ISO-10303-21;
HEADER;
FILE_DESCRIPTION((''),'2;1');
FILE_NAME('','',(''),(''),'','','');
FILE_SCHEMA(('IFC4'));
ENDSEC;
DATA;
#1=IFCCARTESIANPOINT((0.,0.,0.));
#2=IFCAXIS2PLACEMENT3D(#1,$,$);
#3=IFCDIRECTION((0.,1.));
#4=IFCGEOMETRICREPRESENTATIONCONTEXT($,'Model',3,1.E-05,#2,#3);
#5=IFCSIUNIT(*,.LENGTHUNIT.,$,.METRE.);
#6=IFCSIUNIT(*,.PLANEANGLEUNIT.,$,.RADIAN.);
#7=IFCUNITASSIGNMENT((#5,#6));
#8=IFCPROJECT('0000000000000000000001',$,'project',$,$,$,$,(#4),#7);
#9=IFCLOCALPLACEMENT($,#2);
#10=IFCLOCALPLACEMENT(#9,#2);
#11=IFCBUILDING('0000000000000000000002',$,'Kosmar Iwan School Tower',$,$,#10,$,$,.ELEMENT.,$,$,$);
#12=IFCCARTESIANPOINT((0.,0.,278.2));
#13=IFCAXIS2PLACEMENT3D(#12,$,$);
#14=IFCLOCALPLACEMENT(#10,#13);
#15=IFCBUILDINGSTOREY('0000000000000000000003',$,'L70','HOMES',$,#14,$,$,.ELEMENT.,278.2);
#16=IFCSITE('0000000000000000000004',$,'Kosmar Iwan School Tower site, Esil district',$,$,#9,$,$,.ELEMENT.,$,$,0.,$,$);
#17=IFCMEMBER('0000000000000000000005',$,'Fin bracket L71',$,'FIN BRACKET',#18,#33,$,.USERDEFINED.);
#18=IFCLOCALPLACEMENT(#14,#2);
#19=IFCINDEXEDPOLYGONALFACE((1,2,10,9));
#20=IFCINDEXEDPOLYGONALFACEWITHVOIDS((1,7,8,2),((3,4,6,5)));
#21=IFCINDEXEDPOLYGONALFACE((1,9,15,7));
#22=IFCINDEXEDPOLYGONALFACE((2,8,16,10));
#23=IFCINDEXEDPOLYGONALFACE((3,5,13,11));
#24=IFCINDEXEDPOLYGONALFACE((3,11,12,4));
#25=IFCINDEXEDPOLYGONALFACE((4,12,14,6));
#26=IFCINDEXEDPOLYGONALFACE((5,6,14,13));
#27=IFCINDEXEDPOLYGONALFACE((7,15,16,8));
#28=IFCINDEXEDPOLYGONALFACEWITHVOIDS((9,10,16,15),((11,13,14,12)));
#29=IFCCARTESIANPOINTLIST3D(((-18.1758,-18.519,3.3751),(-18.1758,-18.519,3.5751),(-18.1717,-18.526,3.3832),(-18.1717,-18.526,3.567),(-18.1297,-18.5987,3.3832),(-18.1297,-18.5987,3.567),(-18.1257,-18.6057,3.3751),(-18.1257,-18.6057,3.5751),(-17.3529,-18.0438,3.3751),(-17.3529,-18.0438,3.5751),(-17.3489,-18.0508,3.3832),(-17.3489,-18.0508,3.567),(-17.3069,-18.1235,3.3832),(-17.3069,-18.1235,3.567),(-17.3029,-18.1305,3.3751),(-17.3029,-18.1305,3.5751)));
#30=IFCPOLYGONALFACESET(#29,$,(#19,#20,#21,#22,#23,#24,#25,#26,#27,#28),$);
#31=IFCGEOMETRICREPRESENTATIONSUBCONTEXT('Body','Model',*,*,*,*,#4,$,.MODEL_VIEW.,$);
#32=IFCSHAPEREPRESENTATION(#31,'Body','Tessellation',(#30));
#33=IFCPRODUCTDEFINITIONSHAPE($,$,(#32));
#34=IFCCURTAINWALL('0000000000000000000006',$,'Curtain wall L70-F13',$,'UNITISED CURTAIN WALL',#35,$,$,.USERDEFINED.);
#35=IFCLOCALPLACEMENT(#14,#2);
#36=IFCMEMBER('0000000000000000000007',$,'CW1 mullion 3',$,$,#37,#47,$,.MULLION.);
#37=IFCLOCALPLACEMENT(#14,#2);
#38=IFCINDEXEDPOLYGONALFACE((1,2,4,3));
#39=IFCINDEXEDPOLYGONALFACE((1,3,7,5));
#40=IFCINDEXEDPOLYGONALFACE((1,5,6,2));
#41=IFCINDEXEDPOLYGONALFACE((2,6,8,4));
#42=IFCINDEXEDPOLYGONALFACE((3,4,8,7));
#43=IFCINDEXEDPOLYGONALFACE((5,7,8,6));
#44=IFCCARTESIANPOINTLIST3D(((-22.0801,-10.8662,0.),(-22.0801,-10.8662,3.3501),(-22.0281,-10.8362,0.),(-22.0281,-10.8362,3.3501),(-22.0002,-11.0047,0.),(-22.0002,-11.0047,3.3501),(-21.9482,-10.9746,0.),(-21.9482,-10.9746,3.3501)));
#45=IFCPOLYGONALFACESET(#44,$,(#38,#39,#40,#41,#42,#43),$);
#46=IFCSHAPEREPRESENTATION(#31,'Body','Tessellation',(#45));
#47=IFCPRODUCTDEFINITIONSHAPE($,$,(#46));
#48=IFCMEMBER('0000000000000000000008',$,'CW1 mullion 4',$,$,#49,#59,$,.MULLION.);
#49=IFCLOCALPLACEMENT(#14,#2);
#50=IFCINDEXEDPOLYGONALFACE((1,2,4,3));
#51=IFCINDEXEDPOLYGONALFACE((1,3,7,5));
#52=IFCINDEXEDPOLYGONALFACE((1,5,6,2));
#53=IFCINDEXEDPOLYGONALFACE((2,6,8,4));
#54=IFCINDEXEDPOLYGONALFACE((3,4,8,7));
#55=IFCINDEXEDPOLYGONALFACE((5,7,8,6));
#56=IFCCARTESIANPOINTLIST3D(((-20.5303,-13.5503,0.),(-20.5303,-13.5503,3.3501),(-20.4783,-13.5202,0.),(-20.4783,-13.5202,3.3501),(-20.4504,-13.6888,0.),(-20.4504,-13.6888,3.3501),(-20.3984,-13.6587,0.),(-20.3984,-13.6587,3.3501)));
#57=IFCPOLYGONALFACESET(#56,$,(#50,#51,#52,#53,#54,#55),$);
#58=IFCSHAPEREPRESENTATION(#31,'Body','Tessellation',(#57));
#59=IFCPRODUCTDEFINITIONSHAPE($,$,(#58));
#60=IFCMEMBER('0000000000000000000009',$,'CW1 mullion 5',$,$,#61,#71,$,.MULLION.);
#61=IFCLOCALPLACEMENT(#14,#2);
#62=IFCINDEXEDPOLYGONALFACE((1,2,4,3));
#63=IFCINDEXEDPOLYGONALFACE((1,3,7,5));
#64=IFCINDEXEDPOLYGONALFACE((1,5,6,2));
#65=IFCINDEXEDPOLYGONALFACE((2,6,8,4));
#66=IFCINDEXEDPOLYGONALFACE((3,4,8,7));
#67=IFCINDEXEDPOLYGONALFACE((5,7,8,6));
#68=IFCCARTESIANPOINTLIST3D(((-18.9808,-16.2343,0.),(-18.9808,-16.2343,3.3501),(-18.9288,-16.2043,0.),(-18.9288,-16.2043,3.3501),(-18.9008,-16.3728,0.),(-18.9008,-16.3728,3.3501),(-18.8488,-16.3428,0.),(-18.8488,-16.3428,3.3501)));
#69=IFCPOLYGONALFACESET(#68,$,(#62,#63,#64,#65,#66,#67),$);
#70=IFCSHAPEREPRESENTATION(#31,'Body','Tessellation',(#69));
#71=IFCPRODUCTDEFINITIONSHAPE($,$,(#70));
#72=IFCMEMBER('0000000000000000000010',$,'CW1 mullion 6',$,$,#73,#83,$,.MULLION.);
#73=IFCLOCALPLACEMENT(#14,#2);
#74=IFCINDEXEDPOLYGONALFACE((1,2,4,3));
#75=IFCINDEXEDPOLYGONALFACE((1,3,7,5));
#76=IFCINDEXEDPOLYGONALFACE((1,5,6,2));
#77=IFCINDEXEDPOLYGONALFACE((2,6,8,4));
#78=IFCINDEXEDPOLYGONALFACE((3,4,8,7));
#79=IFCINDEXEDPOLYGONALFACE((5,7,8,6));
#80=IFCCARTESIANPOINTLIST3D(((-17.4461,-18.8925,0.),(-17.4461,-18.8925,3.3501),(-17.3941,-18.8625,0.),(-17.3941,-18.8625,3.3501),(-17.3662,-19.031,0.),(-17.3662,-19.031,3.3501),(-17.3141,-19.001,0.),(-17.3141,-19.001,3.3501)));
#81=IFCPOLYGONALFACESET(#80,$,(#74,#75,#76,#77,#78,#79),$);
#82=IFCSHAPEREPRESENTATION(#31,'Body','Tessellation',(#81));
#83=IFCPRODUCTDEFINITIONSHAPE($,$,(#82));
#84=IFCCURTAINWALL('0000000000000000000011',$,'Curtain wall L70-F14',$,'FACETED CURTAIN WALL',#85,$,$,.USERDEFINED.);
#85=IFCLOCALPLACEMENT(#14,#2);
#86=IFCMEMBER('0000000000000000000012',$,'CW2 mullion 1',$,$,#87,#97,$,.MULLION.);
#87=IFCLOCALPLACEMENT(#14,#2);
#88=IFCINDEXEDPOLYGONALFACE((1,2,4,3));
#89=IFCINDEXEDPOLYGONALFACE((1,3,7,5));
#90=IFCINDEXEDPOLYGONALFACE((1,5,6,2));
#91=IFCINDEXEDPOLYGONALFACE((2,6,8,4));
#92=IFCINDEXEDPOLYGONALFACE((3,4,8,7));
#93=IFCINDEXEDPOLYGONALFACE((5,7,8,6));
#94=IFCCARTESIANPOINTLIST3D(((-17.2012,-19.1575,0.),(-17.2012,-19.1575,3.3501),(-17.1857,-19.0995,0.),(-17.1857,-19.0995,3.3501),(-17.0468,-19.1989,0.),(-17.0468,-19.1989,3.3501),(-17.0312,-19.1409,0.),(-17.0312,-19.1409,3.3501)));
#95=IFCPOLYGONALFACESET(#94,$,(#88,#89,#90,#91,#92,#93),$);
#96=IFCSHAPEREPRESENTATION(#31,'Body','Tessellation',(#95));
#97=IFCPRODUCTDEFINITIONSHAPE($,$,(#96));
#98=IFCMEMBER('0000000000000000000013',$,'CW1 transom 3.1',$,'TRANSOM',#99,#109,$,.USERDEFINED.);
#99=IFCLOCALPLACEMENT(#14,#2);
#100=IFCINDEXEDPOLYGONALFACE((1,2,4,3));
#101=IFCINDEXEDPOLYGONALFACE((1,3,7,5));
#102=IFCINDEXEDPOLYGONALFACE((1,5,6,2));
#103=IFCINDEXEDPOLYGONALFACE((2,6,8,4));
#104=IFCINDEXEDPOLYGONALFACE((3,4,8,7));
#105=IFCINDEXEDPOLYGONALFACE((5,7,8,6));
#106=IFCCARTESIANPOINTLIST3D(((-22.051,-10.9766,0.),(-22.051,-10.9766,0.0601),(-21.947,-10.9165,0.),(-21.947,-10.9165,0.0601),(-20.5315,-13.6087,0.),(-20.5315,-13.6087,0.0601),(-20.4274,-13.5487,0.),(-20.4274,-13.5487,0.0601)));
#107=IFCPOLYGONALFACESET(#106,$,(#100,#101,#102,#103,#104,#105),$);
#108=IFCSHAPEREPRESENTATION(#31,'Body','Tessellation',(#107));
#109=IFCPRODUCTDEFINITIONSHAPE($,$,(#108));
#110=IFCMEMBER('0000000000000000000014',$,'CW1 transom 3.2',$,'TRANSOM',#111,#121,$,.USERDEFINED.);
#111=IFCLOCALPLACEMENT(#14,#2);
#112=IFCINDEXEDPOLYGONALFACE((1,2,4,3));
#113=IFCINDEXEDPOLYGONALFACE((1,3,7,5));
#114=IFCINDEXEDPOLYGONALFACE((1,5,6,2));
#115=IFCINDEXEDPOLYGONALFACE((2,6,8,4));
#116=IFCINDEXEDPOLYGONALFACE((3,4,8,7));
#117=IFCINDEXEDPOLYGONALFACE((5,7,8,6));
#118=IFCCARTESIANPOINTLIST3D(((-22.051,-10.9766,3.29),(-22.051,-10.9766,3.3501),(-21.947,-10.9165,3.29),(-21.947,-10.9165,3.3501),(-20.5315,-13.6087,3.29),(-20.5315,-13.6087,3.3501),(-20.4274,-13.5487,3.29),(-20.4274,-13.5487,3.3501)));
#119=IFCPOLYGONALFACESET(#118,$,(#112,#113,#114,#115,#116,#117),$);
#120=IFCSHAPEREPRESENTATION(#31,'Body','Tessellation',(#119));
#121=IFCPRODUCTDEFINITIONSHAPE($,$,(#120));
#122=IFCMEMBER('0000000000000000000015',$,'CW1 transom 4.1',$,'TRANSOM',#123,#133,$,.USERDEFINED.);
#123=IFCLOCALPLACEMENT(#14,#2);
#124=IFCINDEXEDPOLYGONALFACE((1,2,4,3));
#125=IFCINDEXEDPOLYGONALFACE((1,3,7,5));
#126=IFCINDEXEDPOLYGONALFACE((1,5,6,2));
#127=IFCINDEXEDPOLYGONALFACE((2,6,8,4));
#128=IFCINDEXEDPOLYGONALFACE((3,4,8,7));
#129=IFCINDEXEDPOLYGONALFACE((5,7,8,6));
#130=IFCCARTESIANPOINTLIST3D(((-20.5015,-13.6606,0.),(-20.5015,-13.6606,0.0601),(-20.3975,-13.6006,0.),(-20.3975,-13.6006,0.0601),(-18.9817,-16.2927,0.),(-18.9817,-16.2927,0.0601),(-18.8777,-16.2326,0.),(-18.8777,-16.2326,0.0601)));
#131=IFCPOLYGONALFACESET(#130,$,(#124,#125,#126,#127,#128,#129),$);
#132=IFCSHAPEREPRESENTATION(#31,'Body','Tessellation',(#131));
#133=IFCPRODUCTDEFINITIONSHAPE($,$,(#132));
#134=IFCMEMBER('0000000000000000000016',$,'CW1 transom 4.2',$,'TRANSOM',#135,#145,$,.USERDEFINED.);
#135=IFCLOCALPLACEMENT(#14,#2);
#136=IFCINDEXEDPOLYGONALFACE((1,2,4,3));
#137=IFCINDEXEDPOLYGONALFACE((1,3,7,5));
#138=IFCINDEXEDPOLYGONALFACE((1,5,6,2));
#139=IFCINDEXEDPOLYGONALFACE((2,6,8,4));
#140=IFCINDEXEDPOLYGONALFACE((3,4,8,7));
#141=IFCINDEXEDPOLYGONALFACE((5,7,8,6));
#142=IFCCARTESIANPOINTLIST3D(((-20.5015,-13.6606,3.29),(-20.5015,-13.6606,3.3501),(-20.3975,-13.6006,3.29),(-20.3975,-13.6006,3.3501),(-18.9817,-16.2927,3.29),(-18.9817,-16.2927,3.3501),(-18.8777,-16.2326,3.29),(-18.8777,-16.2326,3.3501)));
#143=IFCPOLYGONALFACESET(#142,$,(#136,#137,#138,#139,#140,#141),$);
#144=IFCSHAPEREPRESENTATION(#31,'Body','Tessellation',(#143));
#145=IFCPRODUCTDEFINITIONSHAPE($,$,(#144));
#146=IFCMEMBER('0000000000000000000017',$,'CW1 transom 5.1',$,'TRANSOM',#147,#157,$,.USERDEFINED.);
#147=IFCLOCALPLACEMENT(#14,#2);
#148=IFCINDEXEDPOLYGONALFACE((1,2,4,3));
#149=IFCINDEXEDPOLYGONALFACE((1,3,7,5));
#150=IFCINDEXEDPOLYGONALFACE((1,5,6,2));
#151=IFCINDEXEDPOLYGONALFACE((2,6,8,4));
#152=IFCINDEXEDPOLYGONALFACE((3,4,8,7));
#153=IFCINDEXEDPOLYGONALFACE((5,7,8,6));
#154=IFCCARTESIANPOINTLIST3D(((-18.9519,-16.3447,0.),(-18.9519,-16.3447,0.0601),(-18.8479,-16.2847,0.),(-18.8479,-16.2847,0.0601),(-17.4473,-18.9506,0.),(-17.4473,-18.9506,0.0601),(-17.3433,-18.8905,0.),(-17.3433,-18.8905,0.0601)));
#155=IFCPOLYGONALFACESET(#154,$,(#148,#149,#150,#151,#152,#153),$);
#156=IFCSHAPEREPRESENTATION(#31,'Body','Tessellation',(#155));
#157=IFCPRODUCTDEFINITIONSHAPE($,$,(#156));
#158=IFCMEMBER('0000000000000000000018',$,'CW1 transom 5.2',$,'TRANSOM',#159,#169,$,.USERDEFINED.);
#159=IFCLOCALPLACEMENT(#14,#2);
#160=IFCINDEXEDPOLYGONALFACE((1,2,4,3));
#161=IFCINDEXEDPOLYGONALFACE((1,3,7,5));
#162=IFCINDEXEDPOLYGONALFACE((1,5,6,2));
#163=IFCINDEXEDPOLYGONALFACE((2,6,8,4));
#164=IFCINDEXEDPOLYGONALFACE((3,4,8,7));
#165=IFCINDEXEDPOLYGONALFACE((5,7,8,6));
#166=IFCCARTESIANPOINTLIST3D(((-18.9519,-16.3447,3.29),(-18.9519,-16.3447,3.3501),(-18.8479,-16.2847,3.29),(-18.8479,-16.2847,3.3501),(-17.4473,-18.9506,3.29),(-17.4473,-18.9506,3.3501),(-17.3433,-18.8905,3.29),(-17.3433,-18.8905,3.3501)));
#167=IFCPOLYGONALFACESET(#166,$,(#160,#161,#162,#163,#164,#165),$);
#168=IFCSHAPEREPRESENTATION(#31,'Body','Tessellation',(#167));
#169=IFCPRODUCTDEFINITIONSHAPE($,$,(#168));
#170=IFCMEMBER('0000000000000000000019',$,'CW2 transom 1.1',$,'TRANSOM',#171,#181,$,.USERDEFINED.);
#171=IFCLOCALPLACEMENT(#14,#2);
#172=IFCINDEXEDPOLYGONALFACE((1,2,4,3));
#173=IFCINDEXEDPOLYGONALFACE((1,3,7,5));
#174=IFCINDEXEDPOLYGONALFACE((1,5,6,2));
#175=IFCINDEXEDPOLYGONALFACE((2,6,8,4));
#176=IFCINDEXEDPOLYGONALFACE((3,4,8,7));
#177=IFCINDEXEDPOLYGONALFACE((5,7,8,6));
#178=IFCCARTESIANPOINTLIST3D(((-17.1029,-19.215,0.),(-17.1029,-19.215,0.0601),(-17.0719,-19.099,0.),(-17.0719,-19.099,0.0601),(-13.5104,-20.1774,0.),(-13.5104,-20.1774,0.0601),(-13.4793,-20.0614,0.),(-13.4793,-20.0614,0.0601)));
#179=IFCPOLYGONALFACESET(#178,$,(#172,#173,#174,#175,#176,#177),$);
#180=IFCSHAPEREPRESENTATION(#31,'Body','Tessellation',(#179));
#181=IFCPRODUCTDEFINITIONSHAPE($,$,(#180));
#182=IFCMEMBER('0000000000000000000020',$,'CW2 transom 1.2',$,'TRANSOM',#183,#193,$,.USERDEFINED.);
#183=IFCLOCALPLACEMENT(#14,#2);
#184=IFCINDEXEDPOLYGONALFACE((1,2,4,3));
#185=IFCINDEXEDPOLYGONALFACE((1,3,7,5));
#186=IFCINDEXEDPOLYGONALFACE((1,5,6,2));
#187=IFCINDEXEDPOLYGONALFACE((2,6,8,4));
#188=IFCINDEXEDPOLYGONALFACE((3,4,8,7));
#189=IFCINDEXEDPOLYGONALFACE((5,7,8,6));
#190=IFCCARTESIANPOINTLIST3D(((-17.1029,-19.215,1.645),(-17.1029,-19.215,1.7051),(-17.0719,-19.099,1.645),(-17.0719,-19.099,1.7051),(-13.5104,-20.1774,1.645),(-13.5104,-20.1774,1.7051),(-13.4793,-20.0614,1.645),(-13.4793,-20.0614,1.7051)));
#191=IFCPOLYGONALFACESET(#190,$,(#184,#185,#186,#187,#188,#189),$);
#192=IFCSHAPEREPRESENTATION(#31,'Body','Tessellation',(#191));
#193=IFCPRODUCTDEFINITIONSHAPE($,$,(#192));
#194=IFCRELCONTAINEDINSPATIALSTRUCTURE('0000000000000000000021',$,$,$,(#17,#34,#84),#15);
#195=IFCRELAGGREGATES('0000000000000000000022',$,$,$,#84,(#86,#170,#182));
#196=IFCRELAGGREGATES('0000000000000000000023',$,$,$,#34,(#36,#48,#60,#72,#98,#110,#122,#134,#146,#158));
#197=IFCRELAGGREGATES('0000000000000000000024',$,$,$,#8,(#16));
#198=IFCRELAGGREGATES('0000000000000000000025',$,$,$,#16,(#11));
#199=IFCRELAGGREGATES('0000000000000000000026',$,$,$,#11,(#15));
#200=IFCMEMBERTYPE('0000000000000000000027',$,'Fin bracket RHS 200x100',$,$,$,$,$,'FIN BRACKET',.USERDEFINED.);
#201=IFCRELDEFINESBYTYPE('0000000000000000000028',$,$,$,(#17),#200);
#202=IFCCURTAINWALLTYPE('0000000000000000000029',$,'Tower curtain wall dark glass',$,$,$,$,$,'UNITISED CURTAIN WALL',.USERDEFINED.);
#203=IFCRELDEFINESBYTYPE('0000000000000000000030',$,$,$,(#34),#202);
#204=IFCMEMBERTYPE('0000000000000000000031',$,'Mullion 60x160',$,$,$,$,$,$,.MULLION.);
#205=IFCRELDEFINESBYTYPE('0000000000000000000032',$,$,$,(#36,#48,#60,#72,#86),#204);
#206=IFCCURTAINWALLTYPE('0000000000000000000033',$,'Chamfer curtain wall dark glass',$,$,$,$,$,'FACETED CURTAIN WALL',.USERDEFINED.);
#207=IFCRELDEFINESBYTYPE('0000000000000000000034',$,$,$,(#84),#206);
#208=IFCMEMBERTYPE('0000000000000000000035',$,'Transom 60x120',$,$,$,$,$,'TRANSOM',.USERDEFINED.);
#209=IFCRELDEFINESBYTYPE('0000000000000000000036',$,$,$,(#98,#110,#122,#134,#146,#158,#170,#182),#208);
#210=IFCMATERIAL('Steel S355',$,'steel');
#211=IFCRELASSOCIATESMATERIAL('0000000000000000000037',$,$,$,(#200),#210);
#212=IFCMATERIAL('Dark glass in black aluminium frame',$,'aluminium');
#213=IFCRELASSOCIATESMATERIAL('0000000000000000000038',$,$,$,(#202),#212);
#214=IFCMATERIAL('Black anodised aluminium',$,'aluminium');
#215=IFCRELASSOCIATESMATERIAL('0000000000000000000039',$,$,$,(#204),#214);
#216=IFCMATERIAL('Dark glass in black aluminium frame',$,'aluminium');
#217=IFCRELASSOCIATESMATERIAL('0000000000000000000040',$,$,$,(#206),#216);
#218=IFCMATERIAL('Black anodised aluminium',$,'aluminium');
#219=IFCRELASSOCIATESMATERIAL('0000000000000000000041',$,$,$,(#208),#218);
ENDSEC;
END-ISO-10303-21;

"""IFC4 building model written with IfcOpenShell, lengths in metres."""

from ifc_helpers import new_model, si_unit, direction, frame, origin, origin_2d, place, context, subcontext, project, spatial, rectangle, hollow_rectangle, extrude, material, material_profile, profile_set, type_object, element, aggregate, save


model = new_model("IFC4")

# Units and contexts
model_context = context("Model", 3, precision=1e-05, world=origin(), true_north=direction((0.0, 1.0)))
body_context = subcontext(model_context, "Body", "Model", "MODEL_VIEW")
ifc_project = project(units=[si_unit("LENGTHUNIT", "METRE"), si_unit("PLANEANGLEUNIT", "RADIAN")], contexts=[model_context])

# Site, building, storey
site_placement = place(None, origin())
site = spatial("IfcSite", under=ifc_project, at=site_placement, Name="Kosmar Iwan School Tower site, Esil district", CompositionType="ELEMENT", RefElevation=0.0)
building_placement = place(site_placement, origin())
building = spatial("IfcBuilding", under=site, at=building_placement, Name="Kosmar Iwan School Tower", CompositionType="ELEMENT")
storey_placement = place(building_placement, frame((0.0, 0.0, 278.2)))
storey = spatial("IfcBuildingStorey", under=building, at=storey_placement, Name="L70", Description="HOMES", CompositionType="ELEMENT", Elevation=278.2)

# Member
ifc_material_1 = material(Name="Steel S355", Category="steel")
ifc_material_profile_1 = material_profile(ifc_material_1, hollow_rectangle(XDim=0.1001, YDim=0.2, WallThickness=0.0081, at=origin_2d()), Name="RHS 200x100x8")
ifc_profile_set_1 = profile_set([ifc_material_profile_1], Name="Steel S355")
member_type_1 = type_object("IfcMemberType", Name="Fin bracket RHS 200x100", ElementType="FIN BRACKET", PredefinedType="USERDEFINED", material=ifc_profile_set_1)
member_1_placement = place(storey_placement, frame((-17.3279, -18.0872, 3.4751), z_axis=(-0.865989, -0.500064, 0.0), x_axis=(0.500064, -0.865989, 0.0)))
element("IfcMember", 1, at=member_1_placement, inside=storey, type_object=member_type_1, Name="Fin bracket L71", ObjectType="FIN BRACKET", PredefinedType="USERDEFINED", context=body_context, shape_type="SweptSolid", body=[
    extrude(hollow_rectangle(XDim=0.1001, YDim=0.2, WallThickness=0.0081, at=origin_2d()), origin(), (0.0, 0.0, 1.0), 0.9502),
])

# Curtain wall, members
ifc_material_2 = material(Name="Dark glass in black aluminium frame", Category="aluminium")
curtain_wall_type_1 = type_object("IfcCurtainWallType", Name="Tower curtain wall dark glass", ElementType="UNITISED CURTAIN WALL", PredefinedType="USERDEFINED", material=ifc_material_2)
curtain_wall_1_placement = place(storey_placement, origin())
curtain_wall_1 = element("IfcCurtainWall", 2, at=curtain_wall_1_placement, inside=storey, type_object=curtain_wall_type_1, Name="Curtain wall L70-F13", ObjectType="UNITISED CURTAIN WALL", PredefinedType="USERDEFINED")
ifc_material_3 = material(Name="Black anodised aluminium", Category="aluminium")
ifc_material_profile_2 = material_profile(ifc_material_3, rectangle(XDim=0.0601, YDim=0.1599, at=origin_2d()), Name="MULLION 60x160")
ifc_profile_set_2 = profile_set([ifc_material_profile_2], Name="Black anodised aluminium")
member_type_2 = type_object("IfcMemberType", Name="Mullion 60x160", PredefinedType="MULLION", material=ifc_profile_set_2)
member_2_placement = place(storey_placement, frame((-22.0142, -10.9204, 0.0), z_axis=(0.0, 0.0, 1.0), x_axis=(0.866025, 0.5, 0.0)))
member_2 = element("IfcMember", 3, at=member_2_placement, type_object=member_type_2, Name="CW1 mullion 3", PredefinedType="MULLION", context=body_context, shape_type="SweptSolid", body=[
    extrude(rectangle(XDim=0.0601, YDim=0.1599, at=origin_2d()), origin(), (0.0, 0.0, 1.0), 3.3501),
])
member_3_placement = place(storey_placement, frame((-20.4644, -13.6045, 0.0), z_axis=(0.0, 0.0, 1.0), x_axis=(0.866025, 0.5, 0.0)))
member_3 = element("IfcMember", 4, at=member_3_placement, type_object=member_type_2, Name="CW1 mullion 4", PredefinedType="MULLION", context=body_context, shape_type="SweptSolid", body=[
    extrude(rectangle(XDim=0.0601, YDim=0.1599, at=origin_2d()), origin(), (0.0, 0.0, 1.0), 3.3501),
])
member_4_placement = place(storey_placement, frame((-18.9148, -16.2886, 0.0), z_axis=(0.0, 0.0, 1.0), x_axis=(0.866025, 0.5, 0.0)))
member_4 = element("IfcMember", 5, at=member_4_placement, type_object=member_type_2, Name="CW1 mullion 5", PredefinedType="MULLION", context=body_context, shape_type="SweptSolid", body=[
    extrude(rectangle(XDim=0.0601, YDim=0.1599, at=origin_2d()), origin(), (0.0, 0.0, 1.0), 3.3501),
])
member_5_placement = place(storey_placement, frame((-17.3801, -18.9468, 0.0), z_axis=(0.0, 0.0, 1.0), x_axis=(0.866025, 0.5, 0.0)))
member_5 = element("IfcMember", 6, at=member_5_placement, type_object=member_type_2, Name="CW1 mullion 6", PredefinedType="MULLION", context=body_context, shape_type="SweptSolid", body=[
    extrude(rectangle(XDim=0.0601, YDim=0.1599, at=origin_2d()), origin(), (0.0, 0.0, 1.0), 3.3501),
])

# Curtain wall, member
ifc_material_4 = material(Name="Dark glass in black aluminium frame", Category="aluminium")
curtain_wall_type_2 = type_object("IfcCurtainWallType", Name="Chamfer curtain wall dark glass", ElementType="FACETED CURTAIN WALL", PredefinedType="USERDEFINED", material=ifc_material_4)
curtain_wall_2_placement = place(storey_placement, origin())
curtain_wall_2 = element("IfcCurtainWall", 7, at=curtain_wall_2_placement, inside=storey, type_object=curtain_wall_type_2, Name="Curtain wall L70-F14", ObjectType="FACETED CURTAIN WALL", PredefinedType="USERDEFINED")
member_6_placement = place(storey_placement, frame((-17.1162, -19.1492, 0.0), z_axis=(0.0, 0.0, 1.0), x_axis=(0.258819, 0.965926, 0.0)))
member_6 = element("IfcMember", 8, at=member_6_placement, type_object=member_type_2, Name="CW2 mullion 1", PredefinedType="MULLION", context=body_context, shape_type="SweptSolid", body=[
    extrude(rectangle(XDim=0.0601, YDim=0.1599, at=origin_2d()), origin(), (0.0, 0.0, 1.0), 3.3501),
])

# Members
ifc_material_5 = material(Name="Black anodised aluminium", Category="aluminium")
ifc_material_profile_3 = material_profile(ifc_material_5, rectangle(XDim=0.1201, YDim=0.0601, at=origin_2d()), Name="TRANSOM 60x120")
ifc_profile_set_3 = profile_set([ifc_material_profile_3], Name="Black anodised aluminium")
member_type_3 = type_object("IfcMemberType", Name="Transom 60x120", ElementType="TRANSOM", PredefinedType="USERDEFINED", material=ifc_profile_set_3)
member_7_placement = place(storey_placement, frame((-21.999, -10.9465, 0.03), z_axis=(0.499975, -0.86604, 0.0), x_axis=(0.86604, 0.499975, 0.0)))
member_7 = element("IfcMember", 9, at=member_7_placement, type_object=member_type_3, Name="CW1 transom 3.1", ObjectType="TRANSOM", PredefinedType="USERDEFINED", context=body_context, shape_type="SweptSolid", body=[
    extrude(rectangle(XDim=0.1201, YDim=0.0601, at=origin_2d()), origin(), (0.0, 0.0, 1.0), 3.0393),
])
member_8_placement = place(storey_placement, frame((-21.999, -10.9465, 3.3201), z_axis=(0.499975, -0.86604, 0.0), x_axis=(0.86604, 0.499975, 0.0)))
member_8 = element("IfcMember", 10, at=member_8_placement, type_object=member_type_3, Name="CW1 transom 3.2", ObjectType="TRANSOM", PredefinedType="USERDEFINED", context=body_context, shape_type="SweptSolid", body=[
    extrude(rectangle(XDim=0.1201, YDim=0.0601, at=origin_2d()), origin(), (0.0, 0.0, 1.0), 3.0393),
])
member_9_placement = place(storey_placement, frame((-20.4495, -13.6306, 0.03), z_axis=(0.500035, -0.866005, 0.0), x_axis=(0.866005, 0.500035, 0.0)))
member_9 = element("IfcMember", 11, at=member_9_placement, type_object=member_type_3, Name="CW1 transom 4.1", ObjectType="TRANSOM", PredefinedType="USERDEFINED", context=body_context, shape_type="SweptSolid", body=[
    extrude(rectangle(XDim=0.1201, YDim=0.0601, at=origin_2d()), origin(), (0.0, 0.0, 1.0), 3.0393),
])
member_10_placement = place(storey_placement, frame((-20.4495, -13.6306, 3.3201), z_axis=(0.500035, -0.866005, 0.0), x_axis=(0.866005, 0.500035, 0.0)))
member_10 = element("IfcMember", 12, at=member_10_placement, type_object=member_type_3, Name="CW1 transom 4.2", ObjectType="TRANSOM", PredefinedType="USERDEFINED", context=body_context, shape_type="SweptSolid", body=[
    extrude(rectangle(XDim=0.1201, YDim=0.0601, at=origin_2d()), origin(), (0.0, 0.0, 1.0), 3.0393),
])
member_11_placement = place(storey_placement, frame((-18.8999, -16.3147, 0.03), z_axis=(0.500022, -0.866013, 0.0), x_axis=(0.866013, 0.500022, 0.0)))
member_11 = element("IfcMember", 13, at=member_11_placement, type_object=member_type_3, Name="CW1 transom 5.1", ObjectType="TRANSOM", PredefinedType="USERDEFINED", context=body_context, shape_type="SweptSolid", body=[
    extrude(rectangle(XDim=0.1201, YDim=0.0601, at=origin_2d()), origin(), (0.0, 0.0, 1.0), 3.009),
])
member_12_placement = place(storey_placement, frame((-18.8999, -16.3147, 3.3201), z_axis=(0.500022, -0.866013, 0.0), x_axis=(0.866013, 0.500022, 0.0)))
member_12 = element("IfcMember", 14, at=member_12_placement, type_object=member_type_3, Name="CW1 transom 5.2", ObjectType="TRANSOM", PredefinedType="USERDEFINED", context=body_context, shape_type="SweptSolid", body=[
    extrude(rectangle(XDim=0.1201, YDim=0.0601, at=origin_2d()), origin(), (0.0, 0.0, 1.0), 3.009),
])
member_13_placement = place(storey_placement, frame((-17.0874, -19.157, 0.03), z_axis=(0.96594, -0.258766, 0.0), x_axis=(0.258766, 0.96594, 0.0)))
member_13 = element("IfcMember", 15, at=member_13_placement, type_object=member_type_3, Name="CW2 transom 1.1", ObjectType="TRANSOM", PredefinedType="USERDEFINED", context=body_context, shape_type="SweptSolid", body=[
    extrude(rectangle(XDim=0.1201, YDim=0.0601, at=origin_2d()), origin(), (0.0, 0.0, 1.0), 3.7192),
])
member_14_placement = place(storey_placement, frame((-17.0874, -19.157, 1.675), z_axis=(0.96594, -0.258766, 0.0), x_axis=(0.258766, 0.96594, 0.0)))
member_14 = element("IfcMember", 16, at=member_14_placement, type_object=member_type_3, Name="CW2 transom 1.2", ObjectType="TRANSOM", PredefinedType="USERDEFINED", context=body_context, shape_type="SweptSolid", body=[
    extrude(rectangle(XDim=0.1201, YDim=0.0601, at=origin_2d()), origin(), (0.0, 0.0, 1.0), 3.7192),
])
aggregate(curtain_wall_2, [member_6, member_13, member_14])

aggregate(curtain_wall_1, [member_2, member_3, member_4, member_5, member_7, member_8, member_9, member_10, member_11, member_12])

save(model, "model.ifc")
